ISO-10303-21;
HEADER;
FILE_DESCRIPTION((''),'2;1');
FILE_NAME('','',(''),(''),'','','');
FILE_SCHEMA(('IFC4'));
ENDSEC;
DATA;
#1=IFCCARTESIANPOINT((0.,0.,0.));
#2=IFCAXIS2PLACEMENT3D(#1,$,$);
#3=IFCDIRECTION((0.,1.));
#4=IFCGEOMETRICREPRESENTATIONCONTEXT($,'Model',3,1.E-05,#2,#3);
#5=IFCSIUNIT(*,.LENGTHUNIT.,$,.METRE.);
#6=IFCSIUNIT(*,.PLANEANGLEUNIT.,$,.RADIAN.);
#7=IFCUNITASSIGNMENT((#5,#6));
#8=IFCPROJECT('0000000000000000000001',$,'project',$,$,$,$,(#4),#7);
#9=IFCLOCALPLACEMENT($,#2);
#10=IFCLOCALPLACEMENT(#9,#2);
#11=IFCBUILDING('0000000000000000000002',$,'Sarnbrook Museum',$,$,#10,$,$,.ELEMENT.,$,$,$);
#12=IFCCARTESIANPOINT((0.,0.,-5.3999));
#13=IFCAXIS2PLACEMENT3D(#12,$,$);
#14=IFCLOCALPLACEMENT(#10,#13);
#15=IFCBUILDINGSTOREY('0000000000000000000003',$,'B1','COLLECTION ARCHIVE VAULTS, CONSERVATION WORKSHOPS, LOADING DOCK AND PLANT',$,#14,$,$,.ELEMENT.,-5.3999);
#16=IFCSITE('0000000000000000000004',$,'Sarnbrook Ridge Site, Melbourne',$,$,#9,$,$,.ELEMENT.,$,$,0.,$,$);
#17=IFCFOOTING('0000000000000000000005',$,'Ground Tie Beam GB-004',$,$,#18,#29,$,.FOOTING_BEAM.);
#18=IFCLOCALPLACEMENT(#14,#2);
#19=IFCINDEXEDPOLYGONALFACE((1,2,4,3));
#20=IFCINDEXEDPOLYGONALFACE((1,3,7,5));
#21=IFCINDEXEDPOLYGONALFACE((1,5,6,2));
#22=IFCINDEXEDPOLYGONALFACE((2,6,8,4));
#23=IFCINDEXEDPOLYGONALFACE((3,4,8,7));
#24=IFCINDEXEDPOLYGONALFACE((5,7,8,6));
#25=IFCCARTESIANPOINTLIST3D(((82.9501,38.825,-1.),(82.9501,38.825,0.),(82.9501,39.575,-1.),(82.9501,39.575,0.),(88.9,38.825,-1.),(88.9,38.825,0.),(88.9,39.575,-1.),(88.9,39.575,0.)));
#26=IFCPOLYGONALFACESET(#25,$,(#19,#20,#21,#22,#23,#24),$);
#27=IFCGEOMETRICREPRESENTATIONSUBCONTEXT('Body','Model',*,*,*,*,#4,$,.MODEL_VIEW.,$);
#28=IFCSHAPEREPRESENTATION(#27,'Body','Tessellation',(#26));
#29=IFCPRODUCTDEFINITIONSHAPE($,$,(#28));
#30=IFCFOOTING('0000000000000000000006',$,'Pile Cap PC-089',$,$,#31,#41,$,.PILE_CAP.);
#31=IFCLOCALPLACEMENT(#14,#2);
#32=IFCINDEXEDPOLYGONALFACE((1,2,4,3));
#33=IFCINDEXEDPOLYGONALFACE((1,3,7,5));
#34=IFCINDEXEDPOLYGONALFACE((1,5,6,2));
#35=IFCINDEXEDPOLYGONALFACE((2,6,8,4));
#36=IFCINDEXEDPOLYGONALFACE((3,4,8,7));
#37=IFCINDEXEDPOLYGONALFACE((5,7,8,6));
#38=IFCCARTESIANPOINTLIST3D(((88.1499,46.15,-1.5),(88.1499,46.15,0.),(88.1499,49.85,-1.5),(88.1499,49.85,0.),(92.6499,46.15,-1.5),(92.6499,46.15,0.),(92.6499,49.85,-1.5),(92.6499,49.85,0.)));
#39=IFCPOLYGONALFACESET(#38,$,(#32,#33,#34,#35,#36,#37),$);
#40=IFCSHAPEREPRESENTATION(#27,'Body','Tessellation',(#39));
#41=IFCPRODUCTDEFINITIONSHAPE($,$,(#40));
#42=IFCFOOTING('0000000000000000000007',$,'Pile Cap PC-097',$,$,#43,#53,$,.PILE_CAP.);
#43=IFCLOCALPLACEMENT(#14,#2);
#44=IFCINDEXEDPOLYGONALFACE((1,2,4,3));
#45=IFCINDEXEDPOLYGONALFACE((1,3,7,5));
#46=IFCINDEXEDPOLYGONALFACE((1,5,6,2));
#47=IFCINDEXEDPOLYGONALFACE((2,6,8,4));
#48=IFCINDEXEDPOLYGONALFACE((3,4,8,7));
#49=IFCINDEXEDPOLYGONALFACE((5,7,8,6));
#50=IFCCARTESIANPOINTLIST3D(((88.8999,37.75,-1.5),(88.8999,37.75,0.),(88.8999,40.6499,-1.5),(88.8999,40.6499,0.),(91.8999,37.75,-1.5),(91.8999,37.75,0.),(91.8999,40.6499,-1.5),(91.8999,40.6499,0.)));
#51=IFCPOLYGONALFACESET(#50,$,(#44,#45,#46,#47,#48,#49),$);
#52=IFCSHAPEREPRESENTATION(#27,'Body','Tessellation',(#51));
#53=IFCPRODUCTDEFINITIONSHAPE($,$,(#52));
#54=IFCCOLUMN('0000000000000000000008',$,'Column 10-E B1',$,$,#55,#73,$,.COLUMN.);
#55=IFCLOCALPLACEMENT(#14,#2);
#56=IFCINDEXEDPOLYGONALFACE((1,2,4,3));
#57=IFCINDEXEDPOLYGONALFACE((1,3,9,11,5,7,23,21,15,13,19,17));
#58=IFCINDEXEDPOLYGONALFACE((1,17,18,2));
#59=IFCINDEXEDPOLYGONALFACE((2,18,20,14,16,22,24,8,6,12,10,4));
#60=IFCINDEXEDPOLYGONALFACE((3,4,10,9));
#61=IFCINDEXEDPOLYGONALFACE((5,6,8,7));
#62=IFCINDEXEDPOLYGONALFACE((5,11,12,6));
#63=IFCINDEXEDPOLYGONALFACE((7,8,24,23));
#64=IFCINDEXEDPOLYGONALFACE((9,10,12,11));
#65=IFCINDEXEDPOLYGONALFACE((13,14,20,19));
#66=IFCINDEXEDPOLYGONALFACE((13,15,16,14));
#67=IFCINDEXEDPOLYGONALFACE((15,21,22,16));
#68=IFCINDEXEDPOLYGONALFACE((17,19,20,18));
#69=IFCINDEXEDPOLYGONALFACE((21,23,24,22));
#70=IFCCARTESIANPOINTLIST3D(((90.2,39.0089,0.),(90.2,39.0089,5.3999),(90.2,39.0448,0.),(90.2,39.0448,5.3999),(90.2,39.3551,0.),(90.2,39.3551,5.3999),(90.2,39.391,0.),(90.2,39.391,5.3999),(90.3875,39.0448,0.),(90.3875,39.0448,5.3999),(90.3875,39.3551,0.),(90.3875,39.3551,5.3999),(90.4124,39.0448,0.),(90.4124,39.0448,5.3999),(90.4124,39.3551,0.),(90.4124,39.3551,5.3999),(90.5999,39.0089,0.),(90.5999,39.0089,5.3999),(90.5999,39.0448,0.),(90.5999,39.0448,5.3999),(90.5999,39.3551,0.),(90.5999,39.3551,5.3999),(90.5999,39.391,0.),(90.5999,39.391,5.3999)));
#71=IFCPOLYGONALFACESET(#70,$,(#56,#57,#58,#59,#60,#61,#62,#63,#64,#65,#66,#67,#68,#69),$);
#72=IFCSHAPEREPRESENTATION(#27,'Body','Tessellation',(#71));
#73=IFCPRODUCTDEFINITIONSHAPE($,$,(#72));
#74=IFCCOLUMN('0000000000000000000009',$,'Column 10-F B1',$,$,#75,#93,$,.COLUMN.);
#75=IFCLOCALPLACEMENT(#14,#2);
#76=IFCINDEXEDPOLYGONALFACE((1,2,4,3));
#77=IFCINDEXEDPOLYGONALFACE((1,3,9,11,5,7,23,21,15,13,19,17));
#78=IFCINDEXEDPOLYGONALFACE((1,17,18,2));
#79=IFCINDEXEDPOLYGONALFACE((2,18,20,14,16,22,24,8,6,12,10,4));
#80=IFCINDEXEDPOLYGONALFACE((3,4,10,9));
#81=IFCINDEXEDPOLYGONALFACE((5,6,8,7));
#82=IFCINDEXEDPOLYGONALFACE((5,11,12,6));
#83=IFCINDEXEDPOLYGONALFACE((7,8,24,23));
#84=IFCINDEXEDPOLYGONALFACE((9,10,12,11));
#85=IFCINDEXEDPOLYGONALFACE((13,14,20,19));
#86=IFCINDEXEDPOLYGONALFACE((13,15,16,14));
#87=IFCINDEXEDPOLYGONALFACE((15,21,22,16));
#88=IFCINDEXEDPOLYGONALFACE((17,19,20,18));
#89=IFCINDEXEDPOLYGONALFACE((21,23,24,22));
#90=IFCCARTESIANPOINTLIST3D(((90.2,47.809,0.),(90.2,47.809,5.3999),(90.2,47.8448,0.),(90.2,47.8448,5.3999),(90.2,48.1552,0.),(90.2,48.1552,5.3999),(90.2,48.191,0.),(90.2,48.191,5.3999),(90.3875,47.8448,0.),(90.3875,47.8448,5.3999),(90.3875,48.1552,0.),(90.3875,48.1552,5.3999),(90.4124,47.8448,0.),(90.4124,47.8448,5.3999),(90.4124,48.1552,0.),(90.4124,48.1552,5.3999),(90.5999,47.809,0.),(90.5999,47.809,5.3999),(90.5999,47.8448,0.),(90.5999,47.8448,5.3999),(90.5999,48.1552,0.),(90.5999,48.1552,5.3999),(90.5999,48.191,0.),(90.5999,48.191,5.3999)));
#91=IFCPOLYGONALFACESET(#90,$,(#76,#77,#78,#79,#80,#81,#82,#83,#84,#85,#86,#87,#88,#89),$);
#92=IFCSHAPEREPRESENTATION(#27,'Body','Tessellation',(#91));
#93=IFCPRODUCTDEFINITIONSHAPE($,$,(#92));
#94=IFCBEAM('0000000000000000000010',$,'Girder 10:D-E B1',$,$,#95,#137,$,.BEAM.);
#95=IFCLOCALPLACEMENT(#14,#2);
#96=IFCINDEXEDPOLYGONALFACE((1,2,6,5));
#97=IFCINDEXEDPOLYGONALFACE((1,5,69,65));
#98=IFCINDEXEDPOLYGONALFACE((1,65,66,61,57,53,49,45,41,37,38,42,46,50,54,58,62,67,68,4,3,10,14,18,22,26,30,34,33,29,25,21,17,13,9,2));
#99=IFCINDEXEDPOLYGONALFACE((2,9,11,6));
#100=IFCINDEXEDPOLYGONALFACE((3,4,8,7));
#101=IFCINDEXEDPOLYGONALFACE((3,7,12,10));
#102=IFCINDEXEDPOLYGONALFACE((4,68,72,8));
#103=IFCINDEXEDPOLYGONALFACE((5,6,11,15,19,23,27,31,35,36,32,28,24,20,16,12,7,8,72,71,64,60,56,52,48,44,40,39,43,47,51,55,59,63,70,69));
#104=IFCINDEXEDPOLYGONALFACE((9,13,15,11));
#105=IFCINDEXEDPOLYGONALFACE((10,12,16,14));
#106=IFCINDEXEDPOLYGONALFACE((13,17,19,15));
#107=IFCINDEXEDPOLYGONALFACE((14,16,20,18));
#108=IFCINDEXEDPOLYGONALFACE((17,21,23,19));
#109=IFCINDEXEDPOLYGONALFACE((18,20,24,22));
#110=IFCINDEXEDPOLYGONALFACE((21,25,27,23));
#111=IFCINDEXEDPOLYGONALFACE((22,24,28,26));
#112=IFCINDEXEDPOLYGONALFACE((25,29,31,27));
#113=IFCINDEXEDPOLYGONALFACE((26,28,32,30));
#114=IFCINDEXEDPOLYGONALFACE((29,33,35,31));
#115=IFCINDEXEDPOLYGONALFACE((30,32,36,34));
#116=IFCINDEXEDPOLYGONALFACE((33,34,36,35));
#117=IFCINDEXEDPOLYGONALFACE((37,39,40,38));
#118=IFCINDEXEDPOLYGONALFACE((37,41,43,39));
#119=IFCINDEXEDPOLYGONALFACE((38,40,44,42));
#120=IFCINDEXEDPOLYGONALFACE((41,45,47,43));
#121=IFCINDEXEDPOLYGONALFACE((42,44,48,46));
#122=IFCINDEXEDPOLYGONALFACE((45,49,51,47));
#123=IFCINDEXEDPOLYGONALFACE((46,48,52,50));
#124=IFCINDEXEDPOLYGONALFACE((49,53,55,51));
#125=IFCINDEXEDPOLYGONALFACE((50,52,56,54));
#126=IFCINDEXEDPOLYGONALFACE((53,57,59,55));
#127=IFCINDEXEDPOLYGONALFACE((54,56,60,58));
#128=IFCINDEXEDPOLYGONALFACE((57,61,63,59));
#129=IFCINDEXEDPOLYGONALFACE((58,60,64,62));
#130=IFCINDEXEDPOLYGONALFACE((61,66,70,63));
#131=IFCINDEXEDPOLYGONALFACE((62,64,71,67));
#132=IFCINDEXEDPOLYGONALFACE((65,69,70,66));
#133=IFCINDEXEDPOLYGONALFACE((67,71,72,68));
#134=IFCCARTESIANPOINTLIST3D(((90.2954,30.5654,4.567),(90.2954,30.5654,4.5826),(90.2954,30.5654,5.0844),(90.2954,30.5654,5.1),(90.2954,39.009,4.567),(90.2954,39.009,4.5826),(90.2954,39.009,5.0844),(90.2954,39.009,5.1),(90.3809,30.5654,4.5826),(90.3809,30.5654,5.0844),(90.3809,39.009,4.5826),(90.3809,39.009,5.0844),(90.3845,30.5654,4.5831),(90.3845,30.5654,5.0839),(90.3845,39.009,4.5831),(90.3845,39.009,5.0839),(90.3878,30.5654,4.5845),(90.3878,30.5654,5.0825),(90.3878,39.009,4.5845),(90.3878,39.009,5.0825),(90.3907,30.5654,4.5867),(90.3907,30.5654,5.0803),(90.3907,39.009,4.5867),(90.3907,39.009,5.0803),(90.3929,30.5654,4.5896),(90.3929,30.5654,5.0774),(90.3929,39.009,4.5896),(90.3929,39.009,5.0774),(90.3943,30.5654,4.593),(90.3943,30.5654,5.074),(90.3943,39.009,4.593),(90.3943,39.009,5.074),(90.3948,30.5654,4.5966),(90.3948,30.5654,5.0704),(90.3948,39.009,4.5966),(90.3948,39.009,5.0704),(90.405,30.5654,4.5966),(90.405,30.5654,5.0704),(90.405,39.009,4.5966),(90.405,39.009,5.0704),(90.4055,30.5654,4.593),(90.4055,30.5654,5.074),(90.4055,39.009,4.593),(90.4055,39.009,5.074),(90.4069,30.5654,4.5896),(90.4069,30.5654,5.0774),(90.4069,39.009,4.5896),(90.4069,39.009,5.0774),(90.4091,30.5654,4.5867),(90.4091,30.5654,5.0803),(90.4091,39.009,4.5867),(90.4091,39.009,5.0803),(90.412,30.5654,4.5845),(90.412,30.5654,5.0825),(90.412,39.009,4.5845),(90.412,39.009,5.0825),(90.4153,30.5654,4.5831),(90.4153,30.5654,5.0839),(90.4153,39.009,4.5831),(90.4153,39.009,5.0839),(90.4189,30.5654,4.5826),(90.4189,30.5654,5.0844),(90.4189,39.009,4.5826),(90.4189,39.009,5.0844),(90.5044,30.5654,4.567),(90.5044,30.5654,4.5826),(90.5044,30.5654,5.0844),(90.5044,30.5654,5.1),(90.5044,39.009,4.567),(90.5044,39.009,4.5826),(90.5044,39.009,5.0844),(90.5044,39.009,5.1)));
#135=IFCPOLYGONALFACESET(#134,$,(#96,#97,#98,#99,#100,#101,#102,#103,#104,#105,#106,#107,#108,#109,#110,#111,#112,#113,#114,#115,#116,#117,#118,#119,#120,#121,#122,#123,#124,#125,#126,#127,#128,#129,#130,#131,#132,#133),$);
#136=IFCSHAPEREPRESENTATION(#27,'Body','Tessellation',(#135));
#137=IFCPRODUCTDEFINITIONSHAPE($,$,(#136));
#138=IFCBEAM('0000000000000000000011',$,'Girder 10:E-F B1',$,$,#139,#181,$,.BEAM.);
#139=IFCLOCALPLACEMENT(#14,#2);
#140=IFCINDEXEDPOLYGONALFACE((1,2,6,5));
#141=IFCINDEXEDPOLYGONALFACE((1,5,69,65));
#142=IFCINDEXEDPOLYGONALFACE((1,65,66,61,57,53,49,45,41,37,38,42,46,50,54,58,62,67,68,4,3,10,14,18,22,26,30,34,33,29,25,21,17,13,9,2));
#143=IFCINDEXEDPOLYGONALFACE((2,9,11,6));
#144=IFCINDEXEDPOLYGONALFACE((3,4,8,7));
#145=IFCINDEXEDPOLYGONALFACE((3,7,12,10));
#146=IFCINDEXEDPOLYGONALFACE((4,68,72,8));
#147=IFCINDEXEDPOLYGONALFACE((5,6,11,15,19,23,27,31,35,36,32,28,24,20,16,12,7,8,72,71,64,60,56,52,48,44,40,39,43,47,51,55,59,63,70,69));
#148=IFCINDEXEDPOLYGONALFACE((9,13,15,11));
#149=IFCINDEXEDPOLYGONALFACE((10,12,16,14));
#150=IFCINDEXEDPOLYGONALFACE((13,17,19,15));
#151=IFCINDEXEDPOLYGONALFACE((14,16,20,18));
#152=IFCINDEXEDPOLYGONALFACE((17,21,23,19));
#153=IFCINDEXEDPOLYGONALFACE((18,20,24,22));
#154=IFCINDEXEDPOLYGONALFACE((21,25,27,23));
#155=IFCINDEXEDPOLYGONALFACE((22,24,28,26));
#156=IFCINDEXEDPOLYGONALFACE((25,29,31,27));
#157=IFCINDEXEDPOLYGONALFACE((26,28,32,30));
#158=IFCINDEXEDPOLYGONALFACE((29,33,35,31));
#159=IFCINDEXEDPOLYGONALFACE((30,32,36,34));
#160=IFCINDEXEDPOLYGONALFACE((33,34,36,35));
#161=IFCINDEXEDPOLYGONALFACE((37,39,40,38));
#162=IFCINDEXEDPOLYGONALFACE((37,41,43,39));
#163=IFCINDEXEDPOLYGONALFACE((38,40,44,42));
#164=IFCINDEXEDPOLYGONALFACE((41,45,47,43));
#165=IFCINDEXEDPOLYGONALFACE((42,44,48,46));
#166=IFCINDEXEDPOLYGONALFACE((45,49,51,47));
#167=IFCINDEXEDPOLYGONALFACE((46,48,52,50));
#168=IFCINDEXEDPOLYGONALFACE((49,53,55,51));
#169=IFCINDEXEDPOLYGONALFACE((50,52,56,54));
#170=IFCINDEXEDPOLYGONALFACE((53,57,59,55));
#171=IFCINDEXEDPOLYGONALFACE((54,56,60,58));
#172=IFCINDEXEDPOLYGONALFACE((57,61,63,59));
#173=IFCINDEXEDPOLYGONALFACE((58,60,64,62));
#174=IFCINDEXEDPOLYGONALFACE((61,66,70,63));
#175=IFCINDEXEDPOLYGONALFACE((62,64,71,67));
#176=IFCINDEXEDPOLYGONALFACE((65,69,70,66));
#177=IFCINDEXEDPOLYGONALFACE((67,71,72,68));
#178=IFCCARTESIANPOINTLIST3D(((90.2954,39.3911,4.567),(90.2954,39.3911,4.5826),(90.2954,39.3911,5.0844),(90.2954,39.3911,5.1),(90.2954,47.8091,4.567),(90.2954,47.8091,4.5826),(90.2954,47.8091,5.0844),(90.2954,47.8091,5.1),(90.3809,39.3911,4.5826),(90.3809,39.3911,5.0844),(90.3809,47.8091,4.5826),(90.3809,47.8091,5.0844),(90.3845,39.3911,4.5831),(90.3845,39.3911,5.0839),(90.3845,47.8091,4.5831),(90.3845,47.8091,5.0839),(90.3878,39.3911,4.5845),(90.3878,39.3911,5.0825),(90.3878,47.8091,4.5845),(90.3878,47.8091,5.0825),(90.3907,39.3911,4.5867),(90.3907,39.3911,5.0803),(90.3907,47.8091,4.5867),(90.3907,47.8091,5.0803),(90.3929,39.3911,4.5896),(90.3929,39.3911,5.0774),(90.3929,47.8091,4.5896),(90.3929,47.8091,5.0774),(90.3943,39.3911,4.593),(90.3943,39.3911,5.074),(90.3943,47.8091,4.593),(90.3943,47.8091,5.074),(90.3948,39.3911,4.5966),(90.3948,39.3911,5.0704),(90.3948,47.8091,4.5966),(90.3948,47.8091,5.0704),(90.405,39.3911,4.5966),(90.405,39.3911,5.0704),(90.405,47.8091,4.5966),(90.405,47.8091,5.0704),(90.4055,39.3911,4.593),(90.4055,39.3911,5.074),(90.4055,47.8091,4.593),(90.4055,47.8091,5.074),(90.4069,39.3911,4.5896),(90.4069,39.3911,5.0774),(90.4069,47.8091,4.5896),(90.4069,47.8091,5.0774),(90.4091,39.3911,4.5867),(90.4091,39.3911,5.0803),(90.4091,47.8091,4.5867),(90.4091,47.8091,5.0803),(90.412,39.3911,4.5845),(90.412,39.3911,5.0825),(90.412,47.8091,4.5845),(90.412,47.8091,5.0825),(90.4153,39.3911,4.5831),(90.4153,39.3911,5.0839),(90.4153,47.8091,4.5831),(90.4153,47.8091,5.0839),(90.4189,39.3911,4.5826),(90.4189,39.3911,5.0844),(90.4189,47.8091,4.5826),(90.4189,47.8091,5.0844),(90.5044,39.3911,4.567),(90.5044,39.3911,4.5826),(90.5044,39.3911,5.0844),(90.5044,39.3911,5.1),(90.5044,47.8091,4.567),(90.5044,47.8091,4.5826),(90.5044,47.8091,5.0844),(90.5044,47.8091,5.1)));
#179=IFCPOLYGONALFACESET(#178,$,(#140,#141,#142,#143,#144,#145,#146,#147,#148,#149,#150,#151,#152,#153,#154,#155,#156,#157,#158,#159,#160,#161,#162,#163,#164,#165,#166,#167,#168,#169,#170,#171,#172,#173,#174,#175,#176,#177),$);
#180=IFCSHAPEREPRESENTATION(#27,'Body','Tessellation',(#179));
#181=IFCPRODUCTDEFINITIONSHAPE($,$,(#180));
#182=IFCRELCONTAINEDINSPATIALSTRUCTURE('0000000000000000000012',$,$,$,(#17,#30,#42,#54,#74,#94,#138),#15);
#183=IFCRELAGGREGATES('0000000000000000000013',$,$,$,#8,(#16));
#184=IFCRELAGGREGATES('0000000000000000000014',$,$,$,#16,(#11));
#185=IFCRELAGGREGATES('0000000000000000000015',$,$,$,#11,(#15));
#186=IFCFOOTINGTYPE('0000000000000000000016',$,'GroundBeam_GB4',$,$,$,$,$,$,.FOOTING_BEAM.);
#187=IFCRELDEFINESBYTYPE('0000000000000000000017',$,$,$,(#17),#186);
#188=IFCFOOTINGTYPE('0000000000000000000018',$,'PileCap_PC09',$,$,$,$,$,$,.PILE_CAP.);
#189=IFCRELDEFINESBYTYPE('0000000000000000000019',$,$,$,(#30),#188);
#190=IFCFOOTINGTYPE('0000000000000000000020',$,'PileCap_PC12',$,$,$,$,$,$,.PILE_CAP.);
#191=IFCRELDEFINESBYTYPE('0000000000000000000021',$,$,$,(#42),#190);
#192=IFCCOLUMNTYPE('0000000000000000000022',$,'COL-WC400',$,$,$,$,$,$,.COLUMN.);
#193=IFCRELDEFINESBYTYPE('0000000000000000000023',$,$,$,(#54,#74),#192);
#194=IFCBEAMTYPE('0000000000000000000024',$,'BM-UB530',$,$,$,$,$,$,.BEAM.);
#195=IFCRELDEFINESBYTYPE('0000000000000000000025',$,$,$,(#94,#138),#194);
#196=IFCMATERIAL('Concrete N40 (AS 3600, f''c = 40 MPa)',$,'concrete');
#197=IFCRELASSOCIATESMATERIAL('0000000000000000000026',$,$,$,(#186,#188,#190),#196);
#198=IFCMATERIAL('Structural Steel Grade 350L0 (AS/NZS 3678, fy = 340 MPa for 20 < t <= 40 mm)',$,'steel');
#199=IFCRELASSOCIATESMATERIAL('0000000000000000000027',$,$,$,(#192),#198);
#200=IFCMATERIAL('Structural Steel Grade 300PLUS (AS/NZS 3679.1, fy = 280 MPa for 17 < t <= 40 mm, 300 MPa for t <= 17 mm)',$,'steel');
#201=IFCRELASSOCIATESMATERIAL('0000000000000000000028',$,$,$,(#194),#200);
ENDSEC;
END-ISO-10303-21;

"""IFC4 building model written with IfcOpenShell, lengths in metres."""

from ifc_helpers import new_model, si_unit, direction, frame, origin, origin_2d, place, context, subcontext, project, spatial, rectangle, i_section, extrude, material, material_profile, profile_set, type_object, element, save


model = new_model("IFC4")

# Units and contexts
model_context = context("Model", 3, precision=1e-05, world=origin(), true_north=direction((0.0, 1.0)))
body_context = subcontext(model_context, "Body", "Model", "MODEL_VIEW")
ifc_project = project(units=[si_unit("LENGTHUNIT", "METRE"), si_unit("PLANEANGLEUNIT", "RADIAN")], contexts=[model_context])

# Site, building, storey
site_placement = place(None, origin())
site = spatial("IfcSite", under=ifc_project, at=site_placement, Name="Sarnbrook Ridge Site, Melbourne", CompositionType="ELEMENT", RefElevation=0.0)
building_placement = place(site_placement, origin())
building = spatial("IfcBuilding", under=site, at=building_placement, Name="Sarnbrook Museum", CompositionType="ELEMENT")
storey_placement = place(building_placement, frame((0.0, 0.0, -5.3999)))
storey = spatial("IfcBuildingStorey", under=building, at=storey_placement, Name="B1", Description="COLLECTION ARCHIVE VAULTS, CONSERVATION WORKSHOPS, LOADING DOCK AND PLANT", CompositionType="ELEMENT", Elevation=-5.3999)

# Footings
ifc_material_1 = material(Name="Concrete N40 (AS 3600, f'c = 40 MPa)", Category="concrete")
footing_type_1 = type_object("IfcFootingType", Name="GroundBeam_GB4", PredefinedType="FOOTING_BEAM", material=ifc_material_1)
footing_1_placement = place(storey_placement, frame((85.925, 39.2, -1.0), z_axis=(0.0, 0.0, 1.0), x_axis=(1.0, 0.0, 0.0)))
element("IfcFooting", 1, at=footing_1_placement, inside=storey, type_object=footing_type_1, Name="Ground Tie Beam GB-004", PredefinedType="FOOTING_BEAM", context=body_context, shape_type="SweptSolid", body=[
    extrude(rectangle(XDim=5.95, YDim=0.75, at=origin_2d()), origin(), (0.0, 0.0, 1.0), 1.0),
])
footing_type_2 = type_object("IfcFootingType", Name="PileCap_PC09", PredefinedType="PILE_CAP", material=ifc_material_1)
footing_2_placement = place(storey_placement, frame((90.3999, 48.0, -1.5), z_axis=(0.0, 0.0, 1.0), x_axis=(1.0, 0.0, 0.0)))
element("IfcFooting", 2, at=footing_2_placement, inside=storey, type_object=footing_type_2, Name="Pile Cap PC-089", PredefinedType="PILE_CAP", context=body_context, shape_type="SweptSolid", body=[
    extrude(rectangle(XDim=4.5, YDim=3.7, at=origin_2d()), origin(), (0.0, 0.0, 1.0), 1.5),
])
footing_type_3 = type_object("IfcFootingType", Name="PileCap_PC12", PredefinedType="PILE_CAP", material=ifc_material_1)
footing_3_placement = place(storey_placement, frame((90.3999, 39.2, -1.5), z_axis=(0.0, 0.0, 1.0), x_axis=(1.0, 0.0, 0.0)))
element("IfcFooting", 3, at=footing_3_placement, inside=storey, type_object=footing_type_3, Name="Pile Cap PC-097", PredefinedType="PILE_CAP", context=body_context, shape_type="SweptSolid", body=[
    extrude(rectangle(XDim=3.0, YDim=2.8999, at=origin_2d()), origin(), (0.0, 0.0, 1.0), 1.5),
])

# Columns
ifc_material_2 = material(Name="Structural Steel Grade 350L0 (AS/NZS 3678, fy = 340 MPa for 20 < t <= 40 mm)", Category="steel")
ifc_material_profile_1 = material_profile(ifc_material_2, i_section(OverallWidth=0.3999, OverallDepth=0.3821, WebThickness=0.0249, FlangeThickness=0.0359, at=origin_2d()), Name="400WC270")
ifc_profile_set_1 = profile_set([ifc_material_profile_1], Name="Structural Steel Grade 350L0 (AS/NZS 3678, fy = 340 MPa for 20 < t <= 40 mm)")
column_type = type_object("IfcColumnType", Name="COL-WC400", PredefinedType="COLUMN", material=ifc_profile_set_1)
for number, where, z_axis, x_axis, name in (
    (4, (90.3999, 39.2, 0.0), (0.0, 0.0, 1.0), (1.0, 0.0, 0.0), "Column 10-E B1"),
    (5, (90.3999, 48.0, 0.0), (0.0, 0.0, 1.0), (1.0, 0.0, 0.0), "Column 10-F B1"),
):
    element("IfcColumn", number, at=place(storey_placement, frame(where, z_axis=z_axis, x_axis=x_axis)), inside=storey, type_object=column_type, Name=name, PredefinedType="COLUMN", context=body_context, shape_type="SweptSolid", body=[
        extrude(i_section(OverallWidth=0.3999, OverallDepth=0.3821, WebThickness=0.0249, FlangeThickness=0.0359, at=origin_2d()), origin(), (0.0, 0.0, 1.0), 5.3999),
    ])

# Beams
ifc_material_3 = material(Name="Structural Steel Grade 300PLUS (AS/NZS 3679.1, fy = 280 MPa for 17 < t <= 40 mm, 300 MPa for t <= 17 mm)", Category="steel")
ifc_material_profile_2 = material_profile(ifc_material_3, i_section(OverallWidth=0.209, OverallDepth=0.533, WebThickness=0.0103, FlangeThickness=0.0156, FilletRadius=0.0139, at=origin_2d()), Name="530UB92.4")
ifc_profile_set_2 = profile_set([ifc_material_profile_2], Name="Structural Steel Grade 300PLUS (AS/NZS 3679.1, fy = 280 MPa for 17 < t <= 40 mm, 300 MPa for t <= 17 mm)")
beam_type_1 = type_object("IfcBeamType", Name="BM-UB530", PredefinedType="BEAM", material=ifc_profile_set_2)
beam_1_placement = place(storey_placement, frame((90.3999, 30.5654, 4.8335), z_axis=(0.0, 1.0, 0.0), x_axis=(-1.0, 0.0, 0.0)))
element("IfcBeam", 6, at=beam_1_placement, inside=storey, type_object=beam_type_1, Name="Girder 10:D-E B1", PredefinedType="BEAM", context=body_context, shape_type="SweptSolid", body=[
    extrude(i_section(OverallWidth=0.209, OverallDepth=0.533, WebThickness=0.0103, FlangeThickness=0.0156, FilletRadius=0.0139, at=origin_2d()), origin(), (0.0, 0.0, 1.0), 8.4436),
])
beam_2_placement = place(storey_placement, frame((90.3999, 39.3911, 4.8335), z_axis=(0.0, 1.0, 0.0), x_axis=(-1.0, 0.0, 0.0)))
element("IfcBeam", 7, at=beam_2_placement, inside=storey, type_object=beam_type_1, Name="Girder 10:E-F B1", PredefinedType="BEAM", context=body_context, shape_type="SweptSolid", body=[
    extrude(i_section(OverallWidth=0.209, OverallDepth=0.533, WebThickness=0.0103, FlangeThickness=0.0156, FilletRadius=0.0139, at=origin_2d()), origin(), (0.0, 0.0, 1.0), 8.418),
])

save(model, "model.ifc")
